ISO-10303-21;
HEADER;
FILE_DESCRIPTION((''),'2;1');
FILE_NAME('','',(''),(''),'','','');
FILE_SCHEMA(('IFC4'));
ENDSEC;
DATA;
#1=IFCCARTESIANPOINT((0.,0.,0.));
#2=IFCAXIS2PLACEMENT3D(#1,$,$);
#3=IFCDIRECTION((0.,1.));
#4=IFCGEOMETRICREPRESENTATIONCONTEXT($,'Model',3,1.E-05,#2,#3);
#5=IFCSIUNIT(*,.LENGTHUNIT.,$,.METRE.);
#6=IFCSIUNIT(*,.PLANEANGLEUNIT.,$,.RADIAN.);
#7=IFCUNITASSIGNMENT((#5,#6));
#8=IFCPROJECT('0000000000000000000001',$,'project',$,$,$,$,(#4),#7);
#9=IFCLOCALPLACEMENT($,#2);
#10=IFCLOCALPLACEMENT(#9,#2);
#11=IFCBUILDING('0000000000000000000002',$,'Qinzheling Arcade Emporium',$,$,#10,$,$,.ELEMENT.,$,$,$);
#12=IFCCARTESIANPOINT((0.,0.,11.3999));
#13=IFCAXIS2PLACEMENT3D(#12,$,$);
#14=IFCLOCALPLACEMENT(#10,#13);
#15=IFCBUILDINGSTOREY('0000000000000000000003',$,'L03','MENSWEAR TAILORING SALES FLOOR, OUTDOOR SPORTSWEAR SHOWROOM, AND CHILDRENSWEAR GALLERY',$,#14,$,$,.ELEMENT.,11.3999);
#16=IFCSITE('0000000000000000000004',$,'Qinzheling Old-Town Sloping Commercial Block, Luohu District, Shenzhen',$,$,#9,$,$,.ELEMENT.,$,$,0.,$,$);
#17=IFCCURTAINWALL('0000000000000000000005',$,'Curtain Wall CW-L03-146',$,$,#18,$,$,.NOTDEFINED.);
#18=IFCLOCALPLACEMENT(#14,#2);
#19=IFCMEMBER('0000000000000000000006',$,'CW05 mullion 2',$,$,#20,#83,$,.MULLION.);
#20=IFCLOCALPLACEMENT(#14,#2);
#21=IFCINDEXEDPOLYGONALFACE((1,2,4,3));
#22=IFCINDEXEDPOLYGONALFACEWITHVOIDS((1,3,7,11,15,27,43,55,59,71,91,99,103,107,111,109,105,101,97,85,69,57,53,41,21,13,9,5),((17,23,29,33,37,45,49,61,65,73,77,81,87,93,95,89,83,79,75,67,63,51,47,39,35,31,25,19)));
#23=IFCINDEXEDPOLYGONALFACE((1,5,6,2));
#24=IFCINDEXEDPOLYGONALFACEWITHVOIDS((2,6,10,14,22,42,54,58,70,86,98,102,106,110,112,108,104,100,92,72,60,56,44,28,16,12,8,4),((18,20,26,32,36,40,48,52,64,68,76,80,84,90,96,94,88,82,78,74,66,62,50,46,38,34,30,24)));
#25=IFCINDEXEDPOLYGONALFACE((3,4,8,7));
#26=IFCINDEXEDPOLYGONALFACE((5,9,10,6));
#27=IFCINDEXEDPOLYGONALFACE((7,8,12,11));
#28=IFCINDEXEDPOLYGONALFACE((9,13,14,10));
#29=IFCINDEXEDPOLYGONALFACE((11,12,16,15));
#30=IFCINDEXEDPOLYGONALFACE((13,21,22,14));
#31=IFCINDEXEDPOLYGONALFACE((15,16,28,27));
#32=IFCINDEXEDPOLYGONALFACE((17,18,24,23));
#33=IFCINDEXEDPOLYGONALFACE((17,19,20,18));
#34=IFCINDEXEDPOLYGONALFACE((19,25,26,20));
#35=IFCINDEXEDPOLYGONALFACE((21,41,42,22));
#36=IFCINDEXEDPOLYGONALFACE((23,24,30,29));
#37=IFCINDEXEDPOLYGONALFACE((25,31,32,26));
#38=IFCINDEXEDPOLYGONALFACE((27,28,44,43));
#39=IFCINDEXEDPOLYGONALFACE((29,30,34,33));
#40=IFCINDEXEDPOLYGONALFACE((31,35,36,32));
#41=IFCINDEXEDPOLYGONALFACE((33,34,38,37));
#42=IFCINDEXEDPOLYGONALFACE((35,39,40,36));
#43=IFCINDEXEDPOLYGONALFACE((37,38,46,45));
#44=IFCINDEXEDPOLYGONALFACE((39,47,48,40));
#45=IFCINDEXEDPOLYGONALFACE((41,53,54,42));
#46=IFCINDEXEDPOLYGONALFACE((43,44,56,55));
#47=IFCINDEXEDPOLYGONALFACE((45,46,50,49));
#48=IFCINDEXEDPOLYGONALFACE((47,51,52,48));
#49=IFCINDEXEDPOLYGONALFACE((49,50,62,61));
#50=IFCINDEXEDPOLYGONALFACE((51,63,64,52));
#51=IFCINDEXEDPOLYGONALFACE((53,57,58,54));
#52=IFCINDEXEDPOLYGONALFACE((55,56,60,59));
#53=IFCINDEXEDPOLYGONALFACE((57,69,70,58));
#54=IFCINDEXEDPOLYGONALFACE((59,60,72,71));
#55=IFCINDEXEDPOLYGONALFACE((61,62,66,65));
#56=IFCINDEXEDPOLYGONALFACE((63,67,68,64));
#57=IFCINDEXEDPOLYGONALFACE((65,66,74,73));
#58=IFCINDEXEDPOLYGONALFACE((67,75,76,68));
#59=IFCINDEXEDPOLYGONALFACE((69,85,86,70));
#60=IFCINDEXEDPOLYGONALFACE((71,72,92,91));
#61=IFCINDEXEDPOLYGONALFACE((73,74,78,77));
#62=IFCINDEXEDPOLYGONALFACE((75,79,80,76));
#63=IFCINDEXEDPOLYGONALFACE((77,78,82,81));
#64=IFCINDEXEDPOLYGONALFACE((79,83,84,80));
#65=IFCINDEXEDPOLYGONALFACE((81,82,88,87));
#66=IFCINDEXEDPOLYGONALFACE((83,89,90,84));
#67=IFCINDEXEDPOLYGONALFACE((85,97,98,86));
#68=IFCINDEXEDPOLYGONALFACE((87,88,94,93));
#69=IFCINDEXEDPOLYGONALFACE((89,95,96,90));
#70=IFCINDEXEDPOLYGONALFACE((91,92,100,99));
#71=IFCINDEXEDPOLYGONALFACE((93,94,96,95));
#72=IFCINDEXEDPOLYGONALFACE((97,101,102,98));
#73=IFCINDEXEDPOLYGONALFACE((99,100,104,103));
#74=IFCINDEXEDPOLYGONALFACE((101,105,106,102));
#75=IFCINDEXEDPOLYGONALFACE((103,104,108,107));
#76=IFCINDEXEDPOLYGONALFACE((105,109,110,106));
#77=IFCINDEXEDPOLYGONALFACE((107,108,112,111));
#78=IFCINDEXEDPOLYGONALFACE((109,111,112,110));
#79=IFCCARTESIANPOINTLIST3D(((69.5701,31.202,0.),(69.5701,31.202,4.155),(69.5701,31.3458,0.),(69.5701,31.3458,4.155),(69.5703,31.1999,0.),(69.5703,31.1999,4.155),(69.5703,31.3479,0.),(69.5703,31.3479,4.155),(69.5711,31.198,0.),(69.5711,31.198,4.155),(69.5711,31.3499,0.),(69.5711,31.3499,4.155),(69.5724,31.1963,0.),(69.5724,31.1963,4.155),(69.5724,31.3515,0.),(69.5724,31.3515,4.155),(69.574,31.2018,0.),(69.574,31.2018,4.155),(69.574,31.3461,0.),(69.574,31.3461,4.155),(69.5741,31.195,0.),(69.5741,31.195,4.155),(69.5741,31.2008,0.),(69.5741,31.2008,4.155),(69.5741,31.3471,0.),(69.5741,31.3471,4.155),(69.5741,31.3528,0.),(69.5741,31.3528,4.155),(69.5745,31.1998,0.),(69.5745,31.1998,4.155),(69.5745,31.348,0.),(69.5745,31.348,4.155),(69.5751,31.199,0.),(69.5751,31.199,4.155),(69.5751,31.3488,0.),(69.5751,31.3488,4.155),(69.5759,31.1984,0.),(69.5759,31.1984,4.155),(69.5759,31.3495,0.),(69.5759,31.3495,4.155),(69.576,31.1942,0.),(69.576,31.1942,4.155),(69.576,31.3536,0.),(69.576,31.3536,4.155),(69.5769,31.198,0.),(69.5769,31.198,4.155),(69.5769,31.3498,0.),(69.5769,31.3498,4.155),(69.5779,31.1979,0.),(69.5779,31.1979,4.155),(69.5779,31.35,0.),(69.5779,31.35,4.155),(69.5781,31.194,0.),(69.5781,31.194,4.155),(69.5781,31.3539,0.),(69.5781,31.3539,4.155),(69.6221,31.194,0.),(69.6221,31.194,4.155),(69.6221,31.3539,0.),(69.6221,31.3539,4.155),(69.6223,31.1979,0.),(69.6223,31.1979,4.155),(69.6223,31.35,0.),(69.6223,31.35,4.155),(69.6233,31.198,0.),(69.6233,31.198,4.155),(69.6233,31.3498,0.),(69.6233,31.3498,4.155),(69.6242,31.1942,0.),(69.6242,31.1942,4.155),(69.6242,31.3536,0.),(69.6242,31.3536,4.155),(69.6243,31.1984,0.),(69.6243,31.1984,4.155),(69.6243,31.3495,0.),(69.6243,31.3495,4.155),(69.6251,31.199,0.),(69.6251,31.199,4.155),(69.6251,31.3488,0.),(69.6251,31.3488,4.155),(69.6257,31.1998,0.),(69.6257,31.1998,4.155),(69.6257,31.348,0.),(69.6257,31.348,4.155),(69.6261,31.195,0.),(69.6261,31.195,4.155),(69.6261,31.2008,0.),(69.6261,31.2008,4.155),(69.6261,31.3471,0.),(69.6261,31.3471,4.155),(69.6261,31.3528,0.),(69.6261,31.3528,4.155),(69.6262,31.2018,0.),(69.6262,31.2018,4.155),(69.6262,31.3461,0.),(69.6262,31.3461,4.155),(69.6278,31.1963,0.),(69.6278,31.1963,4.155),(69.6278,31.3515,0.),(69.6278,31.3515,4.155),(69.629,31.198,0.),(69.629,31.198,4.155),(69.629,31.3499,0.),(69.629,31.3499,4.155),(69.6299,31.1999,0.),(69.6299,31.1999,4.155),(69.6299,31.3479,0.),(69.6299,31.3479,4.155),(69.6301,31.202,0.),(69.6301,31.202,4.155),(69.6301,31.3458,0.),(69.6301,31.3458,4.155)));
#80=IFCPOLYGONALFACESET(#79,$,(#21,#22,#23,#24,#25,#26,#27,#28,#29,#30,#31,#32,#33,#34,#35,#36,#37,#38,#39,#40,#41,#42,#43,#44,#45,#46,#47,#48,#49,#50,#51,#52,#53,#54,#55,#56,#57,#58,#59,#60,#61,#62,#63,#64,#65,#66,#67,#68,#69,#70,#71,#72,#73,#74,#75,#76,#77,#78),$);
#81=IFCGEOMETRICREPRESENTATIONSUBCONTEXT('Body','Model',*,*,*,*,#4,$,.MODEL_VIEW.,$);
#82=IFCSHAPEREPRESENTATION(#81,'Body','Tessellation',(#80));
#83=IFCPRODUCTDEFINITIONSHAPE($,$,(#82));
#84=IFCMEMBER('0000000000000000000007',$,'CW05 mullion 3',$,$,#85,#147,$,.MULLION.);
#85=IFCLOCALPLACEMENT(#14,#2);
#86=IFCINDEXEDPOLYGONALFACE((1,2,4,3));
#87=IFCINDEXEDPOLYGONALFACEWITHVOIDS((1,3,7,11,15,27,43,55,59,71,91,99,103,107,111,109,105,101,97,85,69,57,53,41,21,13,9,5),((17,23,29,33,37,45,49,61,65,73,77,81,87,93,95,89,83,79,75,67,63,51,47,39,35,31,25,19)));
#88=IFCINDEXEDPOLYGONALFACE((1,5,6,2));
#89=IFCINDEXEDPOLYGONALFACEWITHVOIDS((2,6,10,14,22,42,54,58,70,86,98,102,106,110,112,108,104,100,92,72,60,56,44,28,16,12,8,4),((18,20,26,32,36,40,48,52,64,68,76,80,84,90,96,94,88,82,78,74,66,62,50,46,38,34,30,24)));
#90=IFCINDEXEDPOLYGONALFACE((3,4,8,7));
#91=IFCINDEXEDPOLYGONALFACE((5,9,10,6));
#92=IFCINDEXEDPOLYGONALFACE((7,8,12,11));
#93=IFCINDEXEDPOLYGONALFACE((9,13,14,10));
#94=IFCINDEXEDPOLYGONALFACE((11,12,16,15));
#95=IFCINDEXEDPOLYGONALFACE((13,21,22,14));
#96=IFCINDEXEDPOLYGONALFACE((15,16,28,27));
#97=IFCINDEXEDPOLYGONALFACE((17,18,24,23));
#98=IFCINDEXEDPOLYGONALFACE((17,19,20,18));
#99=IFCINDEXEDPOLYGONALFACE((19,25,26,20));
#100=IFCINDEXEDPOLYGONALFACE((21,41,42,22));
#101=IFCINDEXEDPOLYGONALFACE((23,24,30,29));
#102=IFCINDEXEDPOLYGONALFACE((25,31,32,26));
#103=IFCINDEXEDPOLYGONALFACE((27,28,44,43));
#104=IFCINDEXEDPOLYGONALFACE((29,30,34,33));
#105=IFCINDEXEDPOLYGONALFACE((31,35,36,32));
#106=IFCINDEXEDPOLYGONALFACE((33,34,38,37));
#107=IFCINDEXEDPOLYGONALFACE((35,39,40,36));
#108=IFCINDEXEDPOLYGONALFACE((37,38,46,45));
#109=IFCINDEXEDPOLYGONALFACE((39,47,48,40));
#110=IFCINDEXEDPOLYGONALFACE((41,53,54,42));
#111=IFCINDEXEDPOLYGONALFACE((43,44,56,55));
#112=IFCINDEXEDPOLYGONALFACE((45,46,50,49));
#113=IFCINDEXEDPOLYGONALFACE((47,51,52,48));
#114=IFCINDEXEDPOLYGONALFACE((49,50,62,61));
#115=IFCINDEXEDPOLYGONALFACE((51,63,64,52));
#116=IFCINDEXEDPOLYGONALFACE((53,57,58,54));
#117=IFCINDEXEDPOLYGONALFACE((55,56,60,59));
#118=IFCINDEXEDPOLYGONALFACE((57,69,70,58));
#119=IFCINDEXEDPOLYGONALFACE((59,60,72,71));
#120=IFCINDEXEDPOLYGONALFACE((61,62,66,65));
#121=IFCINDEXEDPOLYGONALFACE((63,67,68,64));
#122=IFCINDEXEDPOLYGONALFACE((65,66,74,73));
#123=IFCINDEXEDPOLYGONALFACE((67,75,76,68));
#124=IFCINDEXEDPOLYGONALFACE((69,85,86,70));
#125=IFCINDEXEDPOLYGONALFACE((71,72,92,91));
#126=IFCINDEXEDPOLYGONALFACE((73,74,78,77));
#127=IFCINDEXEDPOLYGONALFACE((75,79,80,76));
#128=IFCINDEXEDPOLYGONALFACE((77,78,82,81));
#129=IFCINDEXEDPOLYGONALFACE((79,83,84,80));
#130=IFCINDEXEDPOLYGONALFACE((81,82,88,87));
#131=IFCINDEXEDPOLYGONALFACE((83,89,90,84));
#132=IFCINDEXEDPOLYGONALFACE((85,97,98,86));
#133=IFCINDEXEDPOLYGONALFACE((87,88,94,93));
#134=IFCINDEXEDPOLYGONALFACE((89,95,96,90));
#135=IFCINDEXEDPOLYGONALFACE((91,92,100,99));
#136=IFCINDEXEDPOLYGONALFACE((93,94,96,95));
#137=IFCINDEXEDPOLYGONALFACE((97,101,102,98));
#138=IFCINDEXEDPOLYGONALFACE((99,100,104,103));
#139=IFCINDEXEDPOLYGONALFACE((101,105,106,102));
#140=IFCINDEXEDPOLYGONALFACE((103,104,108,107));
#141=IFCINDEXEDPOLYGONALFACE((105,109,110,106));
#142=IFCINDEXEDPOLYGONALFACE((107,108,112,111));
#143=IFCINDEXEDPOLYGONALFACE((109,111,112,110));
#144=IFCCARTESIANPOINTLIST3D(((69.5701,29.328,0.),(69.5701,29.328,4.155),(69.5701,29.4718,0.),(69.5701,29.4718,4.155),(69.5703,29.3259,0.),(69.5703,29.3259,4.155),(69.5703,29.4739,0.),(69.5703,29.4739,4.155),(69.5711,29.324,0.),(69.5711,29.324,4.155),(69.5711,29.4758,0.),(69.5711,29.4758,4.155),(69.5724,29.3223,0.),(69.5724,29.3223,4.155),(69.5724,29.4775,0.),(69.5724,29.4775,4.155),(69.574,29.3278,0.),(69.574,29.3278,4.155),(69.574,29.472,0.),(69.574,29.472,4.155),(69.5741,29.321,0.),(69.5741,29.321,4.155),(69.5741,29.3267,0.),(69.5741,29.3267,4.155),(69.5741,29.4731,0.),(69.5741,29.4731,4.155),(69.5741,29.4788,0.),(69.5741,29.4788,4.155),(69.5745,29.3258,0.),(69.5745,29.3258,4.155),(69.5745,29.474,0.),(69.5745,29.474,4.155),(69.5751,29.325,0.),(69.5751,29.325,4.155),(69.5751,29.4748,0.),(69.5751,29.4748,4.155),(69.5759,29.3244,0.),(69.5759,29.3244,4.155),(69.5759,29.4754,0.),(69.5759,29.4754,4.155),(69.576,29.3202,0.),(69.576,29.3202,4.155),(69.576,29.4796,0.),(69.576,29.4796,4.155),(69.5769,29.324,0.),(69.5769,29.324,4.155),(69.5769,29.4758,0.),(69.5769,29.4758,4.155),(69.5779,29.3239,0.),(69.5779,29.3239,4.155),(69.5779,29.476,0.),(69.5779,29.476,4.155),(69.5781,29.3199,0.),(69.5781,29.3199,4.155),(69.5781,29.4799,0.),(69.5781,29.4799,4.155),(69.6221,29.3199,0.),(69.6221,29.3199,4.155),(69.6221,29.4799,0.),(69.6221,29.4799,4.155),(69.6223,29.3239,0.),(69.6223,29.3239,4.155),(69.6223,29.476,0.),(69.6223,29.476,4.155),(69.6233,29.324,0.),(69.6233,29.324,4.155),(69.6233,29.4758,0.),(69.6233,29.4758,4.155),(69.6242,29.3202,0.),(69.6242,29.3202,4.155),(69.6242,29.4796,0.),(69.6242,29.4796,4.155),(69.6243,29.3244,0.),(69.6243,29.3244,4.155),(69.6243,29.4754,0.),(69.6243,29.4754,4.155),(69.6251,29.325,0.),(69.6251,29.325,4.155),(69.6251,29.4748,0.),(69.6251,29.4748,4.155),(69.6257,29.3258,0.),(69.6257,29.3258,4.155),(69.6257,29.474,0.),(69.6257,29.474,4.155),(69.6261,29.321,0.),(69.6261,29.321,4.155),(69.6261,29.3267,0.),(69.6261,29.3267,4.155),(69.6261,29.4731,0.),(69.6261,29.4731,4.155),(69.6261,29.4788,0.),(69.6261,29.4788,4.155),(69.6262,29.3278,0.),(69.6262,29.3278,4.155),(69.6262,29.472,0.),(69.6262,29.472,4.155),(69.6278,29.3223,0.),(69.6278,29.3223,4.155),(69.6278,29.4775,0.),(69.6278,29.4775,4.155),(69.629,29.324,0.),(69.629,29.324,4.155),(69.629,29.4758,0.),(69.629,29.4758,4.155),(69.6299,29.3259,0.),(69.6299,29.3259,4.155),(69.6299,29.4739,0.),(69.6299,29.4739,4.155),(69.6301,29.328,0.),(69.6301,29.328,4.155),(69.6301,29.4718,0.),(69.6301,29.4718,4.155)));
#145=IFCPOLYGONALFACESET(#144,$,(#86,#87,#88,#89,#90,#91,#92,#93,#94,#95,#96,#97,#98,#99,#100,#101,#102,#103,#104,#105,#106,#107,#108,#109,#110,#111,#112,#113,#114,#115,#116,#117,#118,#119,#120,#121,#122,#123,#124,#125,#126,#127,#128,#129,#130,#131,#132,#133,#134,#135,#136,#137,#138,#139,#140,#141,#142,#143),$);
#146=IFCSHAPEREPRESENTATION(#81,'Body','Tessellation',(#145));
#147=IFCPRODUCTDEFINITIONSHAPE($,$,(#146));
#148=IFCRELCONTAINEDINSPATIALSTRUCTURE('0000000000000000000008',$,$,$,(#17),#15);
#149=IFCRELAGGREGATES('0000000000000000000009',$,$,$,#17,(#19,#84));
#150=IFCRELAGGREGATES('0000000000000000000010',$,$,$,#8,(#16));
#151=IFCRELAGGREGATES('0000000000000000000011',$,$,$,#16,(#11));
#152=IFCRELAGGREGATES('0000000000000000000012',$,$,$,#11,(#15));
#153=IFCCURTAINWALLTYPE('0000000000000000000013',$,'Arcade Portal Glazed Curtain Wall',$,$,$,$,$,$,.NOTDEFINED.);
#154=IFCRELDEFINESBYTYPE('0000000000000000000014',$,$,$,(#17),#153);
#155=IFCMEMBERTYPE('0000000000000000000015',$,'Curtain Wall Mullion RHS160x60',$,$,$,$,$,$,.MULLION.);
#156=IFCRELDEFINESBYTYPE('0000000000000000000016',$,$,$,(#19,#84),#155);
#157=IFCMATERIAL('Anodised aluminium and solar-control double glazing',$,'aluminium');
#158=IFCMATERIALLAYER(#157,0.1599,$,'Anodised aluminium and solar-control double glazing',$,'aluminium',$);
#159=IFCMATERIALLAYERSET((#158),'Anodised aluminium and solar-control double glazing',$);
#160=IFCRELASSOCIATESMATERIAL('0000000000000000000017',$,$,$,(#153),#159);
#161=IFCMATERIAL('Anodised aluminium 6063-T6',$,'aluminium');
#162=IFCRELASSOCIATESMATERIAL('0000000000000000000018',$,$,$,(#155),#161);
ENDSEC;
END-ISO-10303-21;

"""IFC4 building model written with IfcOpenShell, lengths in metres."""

from ifc_helpers import new_model, si_unit, direction, frame, origin, origin_2d, place, context, subcontext, project, spatial, hollow_rectangle, extrude, material, layer, layer_set, material_profile, profile_set, type_object, element, aggregate, save


model = new_model("IFC4")

# Units and contexts
model_context = context("Model", 3, precision=1e-05, world=origin(), true_north=direction((0.0, 1.0)))
body_context = subcontext(model_context, "Body", "Model", "MODEL_VIEW")
ifc_project = project(units=[si_unit("LENGTHUNIT", "METRE"), si_unit("PLANEANGLEUNIT", "RADIAN")], contexts=[model_context])

# Site, building, storey
site_placement = place(None, origin())
site = spatial("IfcSite", under=ifc_project, at=site_placement, Name="Qinzheling Old-Town Sloping Commercial Block, Luohu District, Shenzhen", CompositionType="ELEMENT", RefElevation=0.0)
building_placement = place(site_placement, origin())
building = spatial("IfcBuilding", under=site, at=building_placement, Name="Qinzheling Arcade Emporium", CompositionType="ELEMENT")
storey_placement = place(building_placement, frame((0.0, 0.0, 11.3999)))
storey = spatial("IfcBuildingStorey", under=building, at=storey_placement, Name="L03", Description="MENSWEAR TAILORING SALES FLOOR, OUTDOOR SPORTSWEAR SHOWROOM, AND CHILDRENSWEAR GALLERY", CompositionType="ELEMENT", Elevation=11.3999)

# Shared definitions
ifc_material_1 = material(Name="Anodised aluminium and solar-control double glazing", Category="aluminium")
ifc_layer_1 = layer(ifc_material_1, 0.1599, Name="Anodised aluminium and solar-control double glazing", Category="aluminium")
ifc_layer_set_1 = layer_set([ifc_layer_1], Name="Anodised aluminium and solar-control double glazing")
curtain_wall_type = type_object("IfcCurtainWallType", Name="Arcade Portal Glazed Curtain Wall", PredefinedType="NOTDEFINED", material=ifc_layer_set_1)
ifc_material_2 = material(Name="Anodised aluminium 6063-T6", Category="aluminium")
ifc_material_profile_1 = material_profile(ifc_material_2, hollow_rectangle(XDim=0.0601, YDim=0.1599, WallThickness=0.0039, InnerFilletRadius=0.0039, OuterFilletRadius=0.0081, at=origin_2d()), Name="RHS 160x60x4", Category="aluminium")
ifc_profile_set_1 = profile_set([ifc_material_profile_1], Name="Anodised aluminium 6063-T6")
member_type_1 = type_object("IfcMemberType", Name="Curtain Wall Mullion RHS160x60", PredefinedType="MULLION", material=ifc_profile_set_1)

# Curtain wall, members
curtain_wall_1_placement = place(storey_placement, origin())
curtain_wall_1 = element("IfcCurtainWall", 1, at=curtain_wall_1_placement, inside=storey, type_object=curtain_wall_type, Name="Curtain Wall CW-L03-146", PredefinedType="NOTDEFINED")
member_1_placement = place(storey_placement, frame((69.6001, 31.2739, 0.0), z_axis=(0.0, 0.0, 1.0), x_axis=(1.0, 0.0, 0.0)))
member_1 = element("IfcMember", 2, at=member_1_placement, type_object=member_type_1, Name="CW05 mullion 2", PredefinedType="MULLION", context=body_context, shape_type="SweptSolid", body=[
    extrude(hollow_rectangle(XDim=0.0601, YDim=0.1599, WallThickness=0.0039, InnerFilletRadius=0.0039, OuterFilletRadius=0.0081, at=origin_2d()), origin(), (0.0, 0.0, 1.0), 4.155),
])
member_2_placement = place(storey_placement, frame((69.6001, 29.3999, 0.0), z_axis=(0.0, 0.0, 1.0), x_axis=(1.0, 0.0, 0.0)))
member_2 = element("IfcMember", 3, at=member_2_placement, type_object=member_type_1, Name="CW05 mullion 3", PredefinedType="MULLION", context=body_context, shape_type="SweptSolid", body=[
    extrude(hollow_rectangle(XDim=0.0601, YDim=0.1599, WallThickness=0.0039, InnerFilletRadius=0.0039, OuterFilletRadius=0.0081, at=origin_2d()), origin(), (0.0, 0.0, 1.0), 4.155),
])

aggregate(curtain_wall_1, [member_1, member_2])

save(model, "model.ifc")
